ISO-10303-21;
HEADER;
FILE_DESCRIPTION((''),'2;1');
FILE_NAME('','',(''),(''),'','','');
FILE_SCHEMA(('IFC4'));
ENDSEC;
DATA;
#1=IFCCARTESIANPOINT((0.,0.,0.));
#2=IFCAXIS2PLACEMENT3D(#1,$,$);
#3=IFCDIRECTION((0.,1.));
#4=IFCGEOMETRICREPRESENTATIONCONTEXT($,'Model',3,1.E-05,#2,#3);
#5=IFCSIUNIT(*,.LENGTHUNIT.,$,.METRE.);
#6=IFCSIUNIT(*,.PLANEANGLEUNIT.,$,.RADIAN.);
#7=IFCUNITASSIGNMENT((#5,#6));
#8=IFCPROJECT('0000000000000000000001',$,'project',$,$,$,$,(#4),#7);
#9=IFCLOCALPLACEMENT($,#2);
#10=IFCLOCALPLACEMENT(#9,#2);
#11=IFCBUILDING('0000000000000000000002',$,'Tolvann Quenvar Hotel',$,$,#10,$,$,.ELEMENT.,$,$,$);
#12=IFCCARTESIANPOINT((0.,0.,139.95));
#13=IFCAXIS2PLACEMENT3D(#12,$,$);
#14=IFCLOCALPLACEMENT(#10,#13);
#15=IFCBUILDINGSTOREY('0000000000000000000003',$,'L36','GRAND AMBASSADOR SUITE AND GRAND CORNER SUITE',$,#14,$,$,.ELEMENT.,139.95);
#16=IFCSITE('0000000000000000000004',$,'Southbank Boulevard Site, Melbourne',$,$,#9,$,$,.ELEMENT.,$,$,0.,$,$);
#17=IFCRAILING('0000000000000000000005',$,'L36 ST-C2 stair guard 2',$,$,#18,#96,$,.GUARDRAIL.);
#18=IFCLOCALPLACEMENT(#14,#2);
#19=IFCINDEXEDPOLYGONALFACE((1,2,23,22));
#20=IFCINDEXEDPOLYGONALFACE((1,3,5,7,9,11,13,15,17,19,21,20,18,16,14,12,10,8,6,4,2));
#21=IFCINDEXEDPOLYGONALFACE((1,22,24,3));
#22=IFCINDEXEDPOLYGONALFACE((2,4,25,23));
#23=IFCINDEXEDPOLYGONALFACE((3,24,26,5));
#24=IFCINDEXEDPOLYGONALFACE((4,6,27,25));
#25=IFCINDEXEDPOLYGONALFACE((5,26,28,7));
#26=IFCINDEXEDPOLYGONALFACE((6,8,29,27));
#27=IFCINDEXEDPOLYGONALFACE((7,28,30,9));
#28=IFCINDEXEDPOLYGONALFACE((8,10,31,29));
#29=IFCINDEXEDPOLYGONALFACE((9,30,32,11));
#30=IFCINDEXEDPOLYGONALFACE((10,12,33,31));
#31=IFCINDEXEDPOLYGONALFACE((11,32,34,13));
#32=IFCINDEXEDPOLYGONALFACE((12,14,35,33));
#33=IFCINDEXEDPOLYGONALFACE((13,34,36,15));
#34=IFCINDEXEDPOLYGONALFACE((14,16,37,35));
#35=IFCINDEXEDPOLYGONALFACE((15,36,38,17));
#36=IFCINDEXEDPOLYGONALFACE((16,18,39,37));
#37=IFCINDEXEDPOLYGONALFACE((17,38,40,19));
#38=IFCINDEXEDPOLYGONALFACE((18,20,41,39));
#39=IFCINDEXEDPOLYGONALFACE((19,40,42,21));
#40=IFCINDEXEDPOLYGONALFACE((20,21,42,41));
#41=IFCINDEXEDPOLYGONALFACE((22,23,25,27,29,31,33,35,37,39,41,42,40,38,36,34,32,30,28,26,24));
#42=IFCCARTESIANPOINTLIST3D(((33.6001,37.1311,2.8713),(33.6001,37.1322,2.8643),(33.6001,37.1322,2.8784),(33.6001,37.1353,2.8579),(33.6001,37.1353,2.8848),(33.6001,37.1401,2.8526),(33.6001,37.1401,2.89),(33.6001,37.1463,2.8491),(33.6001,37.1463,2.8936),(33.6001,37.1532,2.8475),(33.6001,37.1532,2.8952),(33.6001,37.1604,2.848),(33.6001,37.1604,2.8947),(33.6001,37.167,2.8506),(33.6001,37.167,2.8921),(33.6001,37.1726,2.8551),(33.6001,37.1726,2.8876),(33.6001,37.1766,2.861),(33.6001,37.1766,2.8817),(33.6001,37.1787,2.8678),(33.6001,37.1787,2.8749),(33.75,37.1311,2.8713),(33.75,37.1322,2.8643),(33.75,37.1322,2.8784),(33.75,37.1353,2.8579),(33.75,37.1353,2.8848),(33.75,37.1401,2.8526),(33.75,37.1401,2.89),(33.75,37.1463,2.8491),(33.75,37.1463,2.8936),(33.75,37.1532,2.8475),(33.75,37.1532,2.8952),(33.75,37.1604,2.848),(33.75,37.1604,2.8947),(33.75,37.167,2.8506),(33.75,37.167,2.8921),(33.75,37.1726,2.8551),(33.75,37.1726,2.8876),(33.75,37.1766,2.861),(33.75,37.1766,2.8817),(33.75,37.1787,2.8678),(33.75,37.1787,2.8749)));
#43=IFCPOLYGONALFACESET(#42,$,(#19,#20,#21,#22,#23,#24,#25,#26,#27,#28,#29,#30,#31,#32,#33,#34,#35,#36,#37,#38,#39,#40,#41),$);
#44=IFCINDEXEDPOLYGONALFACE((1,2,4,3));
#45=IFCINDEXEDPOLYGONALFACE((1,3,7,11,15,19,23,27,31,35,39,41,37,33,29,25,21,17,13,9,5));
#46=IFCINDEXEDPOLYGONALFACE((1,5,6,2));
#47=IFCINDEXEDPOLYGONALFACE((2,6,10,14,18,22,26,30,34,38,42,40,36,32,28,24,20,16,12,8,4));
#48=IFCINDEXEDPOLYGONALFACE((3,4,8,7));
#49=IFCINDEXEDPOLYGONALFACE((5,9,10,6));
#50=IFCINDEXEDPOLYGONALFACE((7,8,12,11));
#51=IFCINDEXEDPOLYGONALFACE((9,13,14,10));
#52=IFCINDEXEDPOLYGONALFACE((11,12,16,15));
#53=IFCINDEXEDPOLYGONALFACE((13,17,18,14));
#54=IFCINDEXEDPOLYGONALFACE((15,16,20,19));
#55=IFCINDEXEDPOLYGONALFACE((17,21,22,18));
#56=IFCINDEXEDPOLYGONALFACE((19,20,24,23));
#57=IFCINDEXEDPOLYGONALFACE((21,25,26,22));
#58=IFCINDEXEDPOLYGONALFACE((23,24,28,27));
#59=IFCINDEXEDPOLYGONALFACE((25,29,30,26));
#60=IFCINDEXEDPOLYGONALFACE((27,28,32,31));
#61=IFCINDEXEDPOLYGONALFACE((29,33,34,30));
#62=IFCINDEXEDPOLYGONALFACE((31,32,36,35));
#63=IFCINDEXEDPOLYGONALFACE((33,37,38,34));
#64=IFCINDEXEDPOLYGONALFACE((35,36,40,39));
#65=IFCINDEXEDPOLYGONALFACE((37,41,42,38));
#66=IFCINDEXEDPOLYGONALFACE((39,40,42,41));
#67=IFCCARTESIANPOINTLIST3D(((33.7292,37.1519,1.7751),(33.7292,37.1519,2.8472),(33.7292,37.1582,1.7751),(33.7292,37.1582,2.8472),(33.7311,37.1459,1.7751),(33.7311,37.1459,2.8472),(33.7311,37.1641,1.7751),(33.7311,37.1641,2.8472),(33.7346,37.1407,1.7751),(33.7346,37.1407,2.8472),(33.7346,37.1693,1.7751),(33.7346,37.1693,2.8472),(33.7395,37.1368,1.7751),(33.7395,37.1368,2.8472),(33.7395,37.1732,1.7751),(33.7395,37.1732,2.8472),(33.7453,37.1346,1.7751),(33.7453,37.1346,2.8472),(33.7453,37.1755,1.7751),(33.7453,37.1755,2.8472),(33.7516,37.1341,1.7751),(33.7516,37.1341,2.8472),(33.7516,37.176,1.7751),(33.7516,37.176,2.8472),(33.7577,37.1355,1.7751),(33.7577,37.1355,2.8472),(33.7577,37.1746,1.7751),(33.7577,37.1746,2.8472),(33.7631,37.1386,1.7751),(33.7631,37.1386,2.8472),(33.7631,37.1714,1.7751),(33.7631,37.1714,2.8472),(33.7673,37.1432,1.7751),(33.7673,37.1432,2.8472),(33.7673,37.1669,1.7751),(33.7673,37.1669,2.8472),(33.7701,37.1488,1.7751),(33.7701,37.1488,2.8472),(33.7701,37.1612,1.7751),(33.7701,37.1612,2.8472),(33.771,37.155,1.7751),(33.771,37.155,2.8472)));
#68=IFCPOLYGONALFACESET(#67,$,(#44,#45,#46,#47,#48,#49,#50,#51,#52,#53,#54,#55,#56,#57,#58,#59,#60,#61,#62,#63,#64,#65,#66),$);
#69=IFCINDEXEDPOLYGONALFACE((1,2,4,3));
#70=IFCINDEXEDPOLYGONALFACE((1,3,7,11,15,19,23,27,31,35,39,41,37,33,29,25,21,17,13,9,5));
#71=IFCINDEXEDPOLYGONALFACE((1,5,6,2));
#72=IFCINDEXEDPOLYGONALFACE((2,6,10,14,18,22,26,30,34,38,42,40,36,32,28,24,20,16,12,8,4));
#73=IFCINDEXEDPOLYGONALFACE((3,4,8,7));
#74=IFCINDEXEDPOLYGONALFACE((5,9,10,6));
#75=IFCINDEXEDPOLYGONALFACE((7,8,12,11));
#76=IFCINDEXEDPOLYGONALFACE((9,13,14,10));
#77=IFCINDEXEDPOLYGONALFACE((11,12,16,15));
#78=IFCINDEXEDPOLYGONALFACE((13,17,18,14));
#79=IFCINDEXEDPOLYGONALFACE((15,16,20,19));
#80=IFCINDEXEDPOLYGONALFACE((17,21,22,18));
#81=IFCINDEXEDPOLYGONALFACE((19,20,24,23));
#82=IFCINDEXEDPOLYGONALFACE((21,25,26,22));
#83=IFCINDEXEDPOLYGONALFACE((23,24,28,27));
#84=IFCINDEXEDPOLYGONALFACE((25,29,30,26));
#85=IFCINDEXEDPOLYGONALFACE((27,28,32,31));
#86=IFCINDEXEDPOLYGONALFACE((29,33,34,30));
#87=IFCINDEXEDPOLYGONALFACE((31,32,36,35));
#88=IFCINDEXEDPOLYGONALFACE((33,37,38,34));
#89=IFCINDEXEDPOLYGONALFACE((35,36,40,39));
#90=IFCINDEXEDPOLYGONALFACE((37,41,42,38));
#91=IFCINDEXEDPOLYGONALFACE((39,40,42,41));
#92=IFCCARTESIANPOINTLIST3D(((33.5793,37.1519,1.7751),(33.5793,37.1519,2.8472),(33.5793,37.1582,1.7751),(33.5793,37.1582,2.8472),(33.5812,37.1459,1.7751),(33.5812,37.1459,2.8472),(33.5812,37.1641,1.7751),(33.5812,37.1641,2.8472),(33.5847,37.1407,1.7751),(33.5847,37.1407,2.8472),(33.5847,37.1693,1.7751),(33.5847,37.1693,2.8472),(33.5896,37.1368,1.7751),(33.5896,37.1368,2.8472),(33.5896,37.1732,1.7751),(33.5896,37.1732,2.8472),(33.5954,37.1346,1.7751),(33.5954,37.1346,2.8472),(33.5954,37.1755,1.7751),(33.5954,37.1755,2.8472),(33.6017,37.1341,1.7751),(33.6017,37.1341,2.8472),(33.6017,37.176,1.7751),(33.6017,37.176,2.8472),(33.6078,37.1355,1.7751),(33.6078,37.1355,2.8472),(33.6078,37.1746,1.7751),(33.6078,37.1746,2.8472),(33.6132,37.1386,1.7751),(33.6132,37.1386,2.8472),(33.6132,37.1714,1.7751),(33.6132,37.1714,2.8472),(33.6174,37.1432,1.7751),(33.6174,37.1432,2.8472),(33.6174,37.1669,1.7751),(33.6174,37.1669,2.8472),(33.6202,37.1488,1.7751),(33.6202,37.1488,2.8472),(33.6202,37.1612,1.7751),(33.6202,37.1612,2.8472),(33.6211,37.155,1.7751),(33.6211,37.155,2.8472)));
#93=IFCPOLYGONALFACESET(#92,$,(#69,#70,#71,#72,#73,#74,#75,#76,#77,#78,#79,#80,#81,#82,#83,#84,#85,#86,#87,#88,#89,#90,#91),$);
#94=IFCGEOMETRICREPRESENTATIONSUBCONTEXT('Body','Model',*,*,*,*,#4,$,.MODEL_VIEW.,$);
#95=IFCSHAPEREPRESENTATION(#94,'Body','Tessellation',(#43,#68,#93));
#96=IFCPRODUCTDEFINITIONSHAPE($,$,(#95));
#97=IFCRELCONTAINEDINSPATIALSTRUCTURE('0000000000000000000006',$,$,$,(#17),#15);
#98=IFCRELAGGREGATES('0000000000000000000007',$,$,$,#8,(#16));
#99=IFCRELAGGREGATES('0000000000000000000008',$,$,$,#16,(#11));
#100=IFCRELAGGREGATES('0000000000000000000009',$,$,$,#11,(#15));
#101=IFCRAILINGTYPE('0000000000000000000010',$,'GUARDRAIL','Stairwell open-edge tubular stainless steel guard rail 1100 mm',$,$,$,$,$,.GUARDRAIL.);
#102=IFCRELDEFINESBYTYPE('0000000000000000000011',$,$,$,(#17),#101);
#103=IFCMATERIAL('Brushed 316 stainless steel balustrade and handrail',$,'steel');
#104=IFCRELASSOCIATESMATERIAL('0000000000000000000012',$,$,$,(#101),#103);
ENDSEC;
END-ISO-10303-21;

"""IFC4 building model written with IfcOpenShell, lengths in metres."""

from ifc_helpers import new_model, si_unit, direction, frame, origin, origin_2d, place, context, subcontext, project, spatial, circle, extrude, material, type_object, element, save


model = new_model("IFC4")

# Units and contexts
model_context = context("Model", 3, precision=1e-05, world=origin(), true_north=direction((0.0, 1.0)))
body_context = subcontext(model_context, "Body", "Model", "MODEL_VIEW")
ifc_project = project(units=[si_unit("LENGTHUNIT", "METRE"), si_unit("PLANEANGLEUNIT", "RADIAN")], contexts=[model_context])

# Site, building, storey
site_placement = place(None, origin())
site = spatial("IfcSite", under=ifc_project, at=site_placement, Name="Southbank Boulevard Site, Melbourne", CompositionType="ELEMENT", RefElevation=0.0)
building_placement = place(site_placement, origin())
building = spatial("IfcBuilding", under=site, at=building_placement, Name="Tolvann Quenvar Hotel", CompositionType="ELEMENT")
storey_placement = place(building_placement, frame((0.0, 0.0, 139.95)))
storey = spatial("IfcBuildingStorey", under=building, at=storey_placement, Name="L36", Description="GRAND AMBASSADOR SUITE AND GRAND CORNER SUITE", CompositionType="ELEMENT", Elevation=139.95)

# Railing
ifc_material_1 = material(Name="Brushed 316 stainless steel balustrade and handrail", Category="steel")
railing_type_1 = type_object("IfcRailingType", Name="GUARDRAIL", Description="Stairwell open-edge tubular stainless steel guard rail 1100 mm", PredefinedType="GUARDRAIL", material=ifc_material_1)
railing_1_placement = place(storey_placement, frame((33.75, 37.155, 1.7751)))
element("IfcRailing", 1, at=railing_1_placement, inside=storey, type_object=railing_type_1, Name="L36 ST-C2 stair guard 2", PredefinedType="GUARDRAIL", context=body_context, shape_type="SweptSolid", body=[
    extrude(circle(Radius=0.0239, at=origin_2d()), frame((0.0, 0.0, 1.0962), z_axis=(-1.0, 0.0, 0.0), x_axis=(0.0, -1.0, 0.0)), (0.0, 0.0, 1.0), 0.1499),
    extrude(circle(Radius=0.021, at=origin_2d()), origin(), (0.0, 0.0, 1.0), 1.072),
    extrude(circle(Radius=0.021, at=origin_2d()), frame((-0.1499, 0.0, 0.0)), (0.0, 0.0, 1.0), 1.072),
])

save(model, "model.ifc")
